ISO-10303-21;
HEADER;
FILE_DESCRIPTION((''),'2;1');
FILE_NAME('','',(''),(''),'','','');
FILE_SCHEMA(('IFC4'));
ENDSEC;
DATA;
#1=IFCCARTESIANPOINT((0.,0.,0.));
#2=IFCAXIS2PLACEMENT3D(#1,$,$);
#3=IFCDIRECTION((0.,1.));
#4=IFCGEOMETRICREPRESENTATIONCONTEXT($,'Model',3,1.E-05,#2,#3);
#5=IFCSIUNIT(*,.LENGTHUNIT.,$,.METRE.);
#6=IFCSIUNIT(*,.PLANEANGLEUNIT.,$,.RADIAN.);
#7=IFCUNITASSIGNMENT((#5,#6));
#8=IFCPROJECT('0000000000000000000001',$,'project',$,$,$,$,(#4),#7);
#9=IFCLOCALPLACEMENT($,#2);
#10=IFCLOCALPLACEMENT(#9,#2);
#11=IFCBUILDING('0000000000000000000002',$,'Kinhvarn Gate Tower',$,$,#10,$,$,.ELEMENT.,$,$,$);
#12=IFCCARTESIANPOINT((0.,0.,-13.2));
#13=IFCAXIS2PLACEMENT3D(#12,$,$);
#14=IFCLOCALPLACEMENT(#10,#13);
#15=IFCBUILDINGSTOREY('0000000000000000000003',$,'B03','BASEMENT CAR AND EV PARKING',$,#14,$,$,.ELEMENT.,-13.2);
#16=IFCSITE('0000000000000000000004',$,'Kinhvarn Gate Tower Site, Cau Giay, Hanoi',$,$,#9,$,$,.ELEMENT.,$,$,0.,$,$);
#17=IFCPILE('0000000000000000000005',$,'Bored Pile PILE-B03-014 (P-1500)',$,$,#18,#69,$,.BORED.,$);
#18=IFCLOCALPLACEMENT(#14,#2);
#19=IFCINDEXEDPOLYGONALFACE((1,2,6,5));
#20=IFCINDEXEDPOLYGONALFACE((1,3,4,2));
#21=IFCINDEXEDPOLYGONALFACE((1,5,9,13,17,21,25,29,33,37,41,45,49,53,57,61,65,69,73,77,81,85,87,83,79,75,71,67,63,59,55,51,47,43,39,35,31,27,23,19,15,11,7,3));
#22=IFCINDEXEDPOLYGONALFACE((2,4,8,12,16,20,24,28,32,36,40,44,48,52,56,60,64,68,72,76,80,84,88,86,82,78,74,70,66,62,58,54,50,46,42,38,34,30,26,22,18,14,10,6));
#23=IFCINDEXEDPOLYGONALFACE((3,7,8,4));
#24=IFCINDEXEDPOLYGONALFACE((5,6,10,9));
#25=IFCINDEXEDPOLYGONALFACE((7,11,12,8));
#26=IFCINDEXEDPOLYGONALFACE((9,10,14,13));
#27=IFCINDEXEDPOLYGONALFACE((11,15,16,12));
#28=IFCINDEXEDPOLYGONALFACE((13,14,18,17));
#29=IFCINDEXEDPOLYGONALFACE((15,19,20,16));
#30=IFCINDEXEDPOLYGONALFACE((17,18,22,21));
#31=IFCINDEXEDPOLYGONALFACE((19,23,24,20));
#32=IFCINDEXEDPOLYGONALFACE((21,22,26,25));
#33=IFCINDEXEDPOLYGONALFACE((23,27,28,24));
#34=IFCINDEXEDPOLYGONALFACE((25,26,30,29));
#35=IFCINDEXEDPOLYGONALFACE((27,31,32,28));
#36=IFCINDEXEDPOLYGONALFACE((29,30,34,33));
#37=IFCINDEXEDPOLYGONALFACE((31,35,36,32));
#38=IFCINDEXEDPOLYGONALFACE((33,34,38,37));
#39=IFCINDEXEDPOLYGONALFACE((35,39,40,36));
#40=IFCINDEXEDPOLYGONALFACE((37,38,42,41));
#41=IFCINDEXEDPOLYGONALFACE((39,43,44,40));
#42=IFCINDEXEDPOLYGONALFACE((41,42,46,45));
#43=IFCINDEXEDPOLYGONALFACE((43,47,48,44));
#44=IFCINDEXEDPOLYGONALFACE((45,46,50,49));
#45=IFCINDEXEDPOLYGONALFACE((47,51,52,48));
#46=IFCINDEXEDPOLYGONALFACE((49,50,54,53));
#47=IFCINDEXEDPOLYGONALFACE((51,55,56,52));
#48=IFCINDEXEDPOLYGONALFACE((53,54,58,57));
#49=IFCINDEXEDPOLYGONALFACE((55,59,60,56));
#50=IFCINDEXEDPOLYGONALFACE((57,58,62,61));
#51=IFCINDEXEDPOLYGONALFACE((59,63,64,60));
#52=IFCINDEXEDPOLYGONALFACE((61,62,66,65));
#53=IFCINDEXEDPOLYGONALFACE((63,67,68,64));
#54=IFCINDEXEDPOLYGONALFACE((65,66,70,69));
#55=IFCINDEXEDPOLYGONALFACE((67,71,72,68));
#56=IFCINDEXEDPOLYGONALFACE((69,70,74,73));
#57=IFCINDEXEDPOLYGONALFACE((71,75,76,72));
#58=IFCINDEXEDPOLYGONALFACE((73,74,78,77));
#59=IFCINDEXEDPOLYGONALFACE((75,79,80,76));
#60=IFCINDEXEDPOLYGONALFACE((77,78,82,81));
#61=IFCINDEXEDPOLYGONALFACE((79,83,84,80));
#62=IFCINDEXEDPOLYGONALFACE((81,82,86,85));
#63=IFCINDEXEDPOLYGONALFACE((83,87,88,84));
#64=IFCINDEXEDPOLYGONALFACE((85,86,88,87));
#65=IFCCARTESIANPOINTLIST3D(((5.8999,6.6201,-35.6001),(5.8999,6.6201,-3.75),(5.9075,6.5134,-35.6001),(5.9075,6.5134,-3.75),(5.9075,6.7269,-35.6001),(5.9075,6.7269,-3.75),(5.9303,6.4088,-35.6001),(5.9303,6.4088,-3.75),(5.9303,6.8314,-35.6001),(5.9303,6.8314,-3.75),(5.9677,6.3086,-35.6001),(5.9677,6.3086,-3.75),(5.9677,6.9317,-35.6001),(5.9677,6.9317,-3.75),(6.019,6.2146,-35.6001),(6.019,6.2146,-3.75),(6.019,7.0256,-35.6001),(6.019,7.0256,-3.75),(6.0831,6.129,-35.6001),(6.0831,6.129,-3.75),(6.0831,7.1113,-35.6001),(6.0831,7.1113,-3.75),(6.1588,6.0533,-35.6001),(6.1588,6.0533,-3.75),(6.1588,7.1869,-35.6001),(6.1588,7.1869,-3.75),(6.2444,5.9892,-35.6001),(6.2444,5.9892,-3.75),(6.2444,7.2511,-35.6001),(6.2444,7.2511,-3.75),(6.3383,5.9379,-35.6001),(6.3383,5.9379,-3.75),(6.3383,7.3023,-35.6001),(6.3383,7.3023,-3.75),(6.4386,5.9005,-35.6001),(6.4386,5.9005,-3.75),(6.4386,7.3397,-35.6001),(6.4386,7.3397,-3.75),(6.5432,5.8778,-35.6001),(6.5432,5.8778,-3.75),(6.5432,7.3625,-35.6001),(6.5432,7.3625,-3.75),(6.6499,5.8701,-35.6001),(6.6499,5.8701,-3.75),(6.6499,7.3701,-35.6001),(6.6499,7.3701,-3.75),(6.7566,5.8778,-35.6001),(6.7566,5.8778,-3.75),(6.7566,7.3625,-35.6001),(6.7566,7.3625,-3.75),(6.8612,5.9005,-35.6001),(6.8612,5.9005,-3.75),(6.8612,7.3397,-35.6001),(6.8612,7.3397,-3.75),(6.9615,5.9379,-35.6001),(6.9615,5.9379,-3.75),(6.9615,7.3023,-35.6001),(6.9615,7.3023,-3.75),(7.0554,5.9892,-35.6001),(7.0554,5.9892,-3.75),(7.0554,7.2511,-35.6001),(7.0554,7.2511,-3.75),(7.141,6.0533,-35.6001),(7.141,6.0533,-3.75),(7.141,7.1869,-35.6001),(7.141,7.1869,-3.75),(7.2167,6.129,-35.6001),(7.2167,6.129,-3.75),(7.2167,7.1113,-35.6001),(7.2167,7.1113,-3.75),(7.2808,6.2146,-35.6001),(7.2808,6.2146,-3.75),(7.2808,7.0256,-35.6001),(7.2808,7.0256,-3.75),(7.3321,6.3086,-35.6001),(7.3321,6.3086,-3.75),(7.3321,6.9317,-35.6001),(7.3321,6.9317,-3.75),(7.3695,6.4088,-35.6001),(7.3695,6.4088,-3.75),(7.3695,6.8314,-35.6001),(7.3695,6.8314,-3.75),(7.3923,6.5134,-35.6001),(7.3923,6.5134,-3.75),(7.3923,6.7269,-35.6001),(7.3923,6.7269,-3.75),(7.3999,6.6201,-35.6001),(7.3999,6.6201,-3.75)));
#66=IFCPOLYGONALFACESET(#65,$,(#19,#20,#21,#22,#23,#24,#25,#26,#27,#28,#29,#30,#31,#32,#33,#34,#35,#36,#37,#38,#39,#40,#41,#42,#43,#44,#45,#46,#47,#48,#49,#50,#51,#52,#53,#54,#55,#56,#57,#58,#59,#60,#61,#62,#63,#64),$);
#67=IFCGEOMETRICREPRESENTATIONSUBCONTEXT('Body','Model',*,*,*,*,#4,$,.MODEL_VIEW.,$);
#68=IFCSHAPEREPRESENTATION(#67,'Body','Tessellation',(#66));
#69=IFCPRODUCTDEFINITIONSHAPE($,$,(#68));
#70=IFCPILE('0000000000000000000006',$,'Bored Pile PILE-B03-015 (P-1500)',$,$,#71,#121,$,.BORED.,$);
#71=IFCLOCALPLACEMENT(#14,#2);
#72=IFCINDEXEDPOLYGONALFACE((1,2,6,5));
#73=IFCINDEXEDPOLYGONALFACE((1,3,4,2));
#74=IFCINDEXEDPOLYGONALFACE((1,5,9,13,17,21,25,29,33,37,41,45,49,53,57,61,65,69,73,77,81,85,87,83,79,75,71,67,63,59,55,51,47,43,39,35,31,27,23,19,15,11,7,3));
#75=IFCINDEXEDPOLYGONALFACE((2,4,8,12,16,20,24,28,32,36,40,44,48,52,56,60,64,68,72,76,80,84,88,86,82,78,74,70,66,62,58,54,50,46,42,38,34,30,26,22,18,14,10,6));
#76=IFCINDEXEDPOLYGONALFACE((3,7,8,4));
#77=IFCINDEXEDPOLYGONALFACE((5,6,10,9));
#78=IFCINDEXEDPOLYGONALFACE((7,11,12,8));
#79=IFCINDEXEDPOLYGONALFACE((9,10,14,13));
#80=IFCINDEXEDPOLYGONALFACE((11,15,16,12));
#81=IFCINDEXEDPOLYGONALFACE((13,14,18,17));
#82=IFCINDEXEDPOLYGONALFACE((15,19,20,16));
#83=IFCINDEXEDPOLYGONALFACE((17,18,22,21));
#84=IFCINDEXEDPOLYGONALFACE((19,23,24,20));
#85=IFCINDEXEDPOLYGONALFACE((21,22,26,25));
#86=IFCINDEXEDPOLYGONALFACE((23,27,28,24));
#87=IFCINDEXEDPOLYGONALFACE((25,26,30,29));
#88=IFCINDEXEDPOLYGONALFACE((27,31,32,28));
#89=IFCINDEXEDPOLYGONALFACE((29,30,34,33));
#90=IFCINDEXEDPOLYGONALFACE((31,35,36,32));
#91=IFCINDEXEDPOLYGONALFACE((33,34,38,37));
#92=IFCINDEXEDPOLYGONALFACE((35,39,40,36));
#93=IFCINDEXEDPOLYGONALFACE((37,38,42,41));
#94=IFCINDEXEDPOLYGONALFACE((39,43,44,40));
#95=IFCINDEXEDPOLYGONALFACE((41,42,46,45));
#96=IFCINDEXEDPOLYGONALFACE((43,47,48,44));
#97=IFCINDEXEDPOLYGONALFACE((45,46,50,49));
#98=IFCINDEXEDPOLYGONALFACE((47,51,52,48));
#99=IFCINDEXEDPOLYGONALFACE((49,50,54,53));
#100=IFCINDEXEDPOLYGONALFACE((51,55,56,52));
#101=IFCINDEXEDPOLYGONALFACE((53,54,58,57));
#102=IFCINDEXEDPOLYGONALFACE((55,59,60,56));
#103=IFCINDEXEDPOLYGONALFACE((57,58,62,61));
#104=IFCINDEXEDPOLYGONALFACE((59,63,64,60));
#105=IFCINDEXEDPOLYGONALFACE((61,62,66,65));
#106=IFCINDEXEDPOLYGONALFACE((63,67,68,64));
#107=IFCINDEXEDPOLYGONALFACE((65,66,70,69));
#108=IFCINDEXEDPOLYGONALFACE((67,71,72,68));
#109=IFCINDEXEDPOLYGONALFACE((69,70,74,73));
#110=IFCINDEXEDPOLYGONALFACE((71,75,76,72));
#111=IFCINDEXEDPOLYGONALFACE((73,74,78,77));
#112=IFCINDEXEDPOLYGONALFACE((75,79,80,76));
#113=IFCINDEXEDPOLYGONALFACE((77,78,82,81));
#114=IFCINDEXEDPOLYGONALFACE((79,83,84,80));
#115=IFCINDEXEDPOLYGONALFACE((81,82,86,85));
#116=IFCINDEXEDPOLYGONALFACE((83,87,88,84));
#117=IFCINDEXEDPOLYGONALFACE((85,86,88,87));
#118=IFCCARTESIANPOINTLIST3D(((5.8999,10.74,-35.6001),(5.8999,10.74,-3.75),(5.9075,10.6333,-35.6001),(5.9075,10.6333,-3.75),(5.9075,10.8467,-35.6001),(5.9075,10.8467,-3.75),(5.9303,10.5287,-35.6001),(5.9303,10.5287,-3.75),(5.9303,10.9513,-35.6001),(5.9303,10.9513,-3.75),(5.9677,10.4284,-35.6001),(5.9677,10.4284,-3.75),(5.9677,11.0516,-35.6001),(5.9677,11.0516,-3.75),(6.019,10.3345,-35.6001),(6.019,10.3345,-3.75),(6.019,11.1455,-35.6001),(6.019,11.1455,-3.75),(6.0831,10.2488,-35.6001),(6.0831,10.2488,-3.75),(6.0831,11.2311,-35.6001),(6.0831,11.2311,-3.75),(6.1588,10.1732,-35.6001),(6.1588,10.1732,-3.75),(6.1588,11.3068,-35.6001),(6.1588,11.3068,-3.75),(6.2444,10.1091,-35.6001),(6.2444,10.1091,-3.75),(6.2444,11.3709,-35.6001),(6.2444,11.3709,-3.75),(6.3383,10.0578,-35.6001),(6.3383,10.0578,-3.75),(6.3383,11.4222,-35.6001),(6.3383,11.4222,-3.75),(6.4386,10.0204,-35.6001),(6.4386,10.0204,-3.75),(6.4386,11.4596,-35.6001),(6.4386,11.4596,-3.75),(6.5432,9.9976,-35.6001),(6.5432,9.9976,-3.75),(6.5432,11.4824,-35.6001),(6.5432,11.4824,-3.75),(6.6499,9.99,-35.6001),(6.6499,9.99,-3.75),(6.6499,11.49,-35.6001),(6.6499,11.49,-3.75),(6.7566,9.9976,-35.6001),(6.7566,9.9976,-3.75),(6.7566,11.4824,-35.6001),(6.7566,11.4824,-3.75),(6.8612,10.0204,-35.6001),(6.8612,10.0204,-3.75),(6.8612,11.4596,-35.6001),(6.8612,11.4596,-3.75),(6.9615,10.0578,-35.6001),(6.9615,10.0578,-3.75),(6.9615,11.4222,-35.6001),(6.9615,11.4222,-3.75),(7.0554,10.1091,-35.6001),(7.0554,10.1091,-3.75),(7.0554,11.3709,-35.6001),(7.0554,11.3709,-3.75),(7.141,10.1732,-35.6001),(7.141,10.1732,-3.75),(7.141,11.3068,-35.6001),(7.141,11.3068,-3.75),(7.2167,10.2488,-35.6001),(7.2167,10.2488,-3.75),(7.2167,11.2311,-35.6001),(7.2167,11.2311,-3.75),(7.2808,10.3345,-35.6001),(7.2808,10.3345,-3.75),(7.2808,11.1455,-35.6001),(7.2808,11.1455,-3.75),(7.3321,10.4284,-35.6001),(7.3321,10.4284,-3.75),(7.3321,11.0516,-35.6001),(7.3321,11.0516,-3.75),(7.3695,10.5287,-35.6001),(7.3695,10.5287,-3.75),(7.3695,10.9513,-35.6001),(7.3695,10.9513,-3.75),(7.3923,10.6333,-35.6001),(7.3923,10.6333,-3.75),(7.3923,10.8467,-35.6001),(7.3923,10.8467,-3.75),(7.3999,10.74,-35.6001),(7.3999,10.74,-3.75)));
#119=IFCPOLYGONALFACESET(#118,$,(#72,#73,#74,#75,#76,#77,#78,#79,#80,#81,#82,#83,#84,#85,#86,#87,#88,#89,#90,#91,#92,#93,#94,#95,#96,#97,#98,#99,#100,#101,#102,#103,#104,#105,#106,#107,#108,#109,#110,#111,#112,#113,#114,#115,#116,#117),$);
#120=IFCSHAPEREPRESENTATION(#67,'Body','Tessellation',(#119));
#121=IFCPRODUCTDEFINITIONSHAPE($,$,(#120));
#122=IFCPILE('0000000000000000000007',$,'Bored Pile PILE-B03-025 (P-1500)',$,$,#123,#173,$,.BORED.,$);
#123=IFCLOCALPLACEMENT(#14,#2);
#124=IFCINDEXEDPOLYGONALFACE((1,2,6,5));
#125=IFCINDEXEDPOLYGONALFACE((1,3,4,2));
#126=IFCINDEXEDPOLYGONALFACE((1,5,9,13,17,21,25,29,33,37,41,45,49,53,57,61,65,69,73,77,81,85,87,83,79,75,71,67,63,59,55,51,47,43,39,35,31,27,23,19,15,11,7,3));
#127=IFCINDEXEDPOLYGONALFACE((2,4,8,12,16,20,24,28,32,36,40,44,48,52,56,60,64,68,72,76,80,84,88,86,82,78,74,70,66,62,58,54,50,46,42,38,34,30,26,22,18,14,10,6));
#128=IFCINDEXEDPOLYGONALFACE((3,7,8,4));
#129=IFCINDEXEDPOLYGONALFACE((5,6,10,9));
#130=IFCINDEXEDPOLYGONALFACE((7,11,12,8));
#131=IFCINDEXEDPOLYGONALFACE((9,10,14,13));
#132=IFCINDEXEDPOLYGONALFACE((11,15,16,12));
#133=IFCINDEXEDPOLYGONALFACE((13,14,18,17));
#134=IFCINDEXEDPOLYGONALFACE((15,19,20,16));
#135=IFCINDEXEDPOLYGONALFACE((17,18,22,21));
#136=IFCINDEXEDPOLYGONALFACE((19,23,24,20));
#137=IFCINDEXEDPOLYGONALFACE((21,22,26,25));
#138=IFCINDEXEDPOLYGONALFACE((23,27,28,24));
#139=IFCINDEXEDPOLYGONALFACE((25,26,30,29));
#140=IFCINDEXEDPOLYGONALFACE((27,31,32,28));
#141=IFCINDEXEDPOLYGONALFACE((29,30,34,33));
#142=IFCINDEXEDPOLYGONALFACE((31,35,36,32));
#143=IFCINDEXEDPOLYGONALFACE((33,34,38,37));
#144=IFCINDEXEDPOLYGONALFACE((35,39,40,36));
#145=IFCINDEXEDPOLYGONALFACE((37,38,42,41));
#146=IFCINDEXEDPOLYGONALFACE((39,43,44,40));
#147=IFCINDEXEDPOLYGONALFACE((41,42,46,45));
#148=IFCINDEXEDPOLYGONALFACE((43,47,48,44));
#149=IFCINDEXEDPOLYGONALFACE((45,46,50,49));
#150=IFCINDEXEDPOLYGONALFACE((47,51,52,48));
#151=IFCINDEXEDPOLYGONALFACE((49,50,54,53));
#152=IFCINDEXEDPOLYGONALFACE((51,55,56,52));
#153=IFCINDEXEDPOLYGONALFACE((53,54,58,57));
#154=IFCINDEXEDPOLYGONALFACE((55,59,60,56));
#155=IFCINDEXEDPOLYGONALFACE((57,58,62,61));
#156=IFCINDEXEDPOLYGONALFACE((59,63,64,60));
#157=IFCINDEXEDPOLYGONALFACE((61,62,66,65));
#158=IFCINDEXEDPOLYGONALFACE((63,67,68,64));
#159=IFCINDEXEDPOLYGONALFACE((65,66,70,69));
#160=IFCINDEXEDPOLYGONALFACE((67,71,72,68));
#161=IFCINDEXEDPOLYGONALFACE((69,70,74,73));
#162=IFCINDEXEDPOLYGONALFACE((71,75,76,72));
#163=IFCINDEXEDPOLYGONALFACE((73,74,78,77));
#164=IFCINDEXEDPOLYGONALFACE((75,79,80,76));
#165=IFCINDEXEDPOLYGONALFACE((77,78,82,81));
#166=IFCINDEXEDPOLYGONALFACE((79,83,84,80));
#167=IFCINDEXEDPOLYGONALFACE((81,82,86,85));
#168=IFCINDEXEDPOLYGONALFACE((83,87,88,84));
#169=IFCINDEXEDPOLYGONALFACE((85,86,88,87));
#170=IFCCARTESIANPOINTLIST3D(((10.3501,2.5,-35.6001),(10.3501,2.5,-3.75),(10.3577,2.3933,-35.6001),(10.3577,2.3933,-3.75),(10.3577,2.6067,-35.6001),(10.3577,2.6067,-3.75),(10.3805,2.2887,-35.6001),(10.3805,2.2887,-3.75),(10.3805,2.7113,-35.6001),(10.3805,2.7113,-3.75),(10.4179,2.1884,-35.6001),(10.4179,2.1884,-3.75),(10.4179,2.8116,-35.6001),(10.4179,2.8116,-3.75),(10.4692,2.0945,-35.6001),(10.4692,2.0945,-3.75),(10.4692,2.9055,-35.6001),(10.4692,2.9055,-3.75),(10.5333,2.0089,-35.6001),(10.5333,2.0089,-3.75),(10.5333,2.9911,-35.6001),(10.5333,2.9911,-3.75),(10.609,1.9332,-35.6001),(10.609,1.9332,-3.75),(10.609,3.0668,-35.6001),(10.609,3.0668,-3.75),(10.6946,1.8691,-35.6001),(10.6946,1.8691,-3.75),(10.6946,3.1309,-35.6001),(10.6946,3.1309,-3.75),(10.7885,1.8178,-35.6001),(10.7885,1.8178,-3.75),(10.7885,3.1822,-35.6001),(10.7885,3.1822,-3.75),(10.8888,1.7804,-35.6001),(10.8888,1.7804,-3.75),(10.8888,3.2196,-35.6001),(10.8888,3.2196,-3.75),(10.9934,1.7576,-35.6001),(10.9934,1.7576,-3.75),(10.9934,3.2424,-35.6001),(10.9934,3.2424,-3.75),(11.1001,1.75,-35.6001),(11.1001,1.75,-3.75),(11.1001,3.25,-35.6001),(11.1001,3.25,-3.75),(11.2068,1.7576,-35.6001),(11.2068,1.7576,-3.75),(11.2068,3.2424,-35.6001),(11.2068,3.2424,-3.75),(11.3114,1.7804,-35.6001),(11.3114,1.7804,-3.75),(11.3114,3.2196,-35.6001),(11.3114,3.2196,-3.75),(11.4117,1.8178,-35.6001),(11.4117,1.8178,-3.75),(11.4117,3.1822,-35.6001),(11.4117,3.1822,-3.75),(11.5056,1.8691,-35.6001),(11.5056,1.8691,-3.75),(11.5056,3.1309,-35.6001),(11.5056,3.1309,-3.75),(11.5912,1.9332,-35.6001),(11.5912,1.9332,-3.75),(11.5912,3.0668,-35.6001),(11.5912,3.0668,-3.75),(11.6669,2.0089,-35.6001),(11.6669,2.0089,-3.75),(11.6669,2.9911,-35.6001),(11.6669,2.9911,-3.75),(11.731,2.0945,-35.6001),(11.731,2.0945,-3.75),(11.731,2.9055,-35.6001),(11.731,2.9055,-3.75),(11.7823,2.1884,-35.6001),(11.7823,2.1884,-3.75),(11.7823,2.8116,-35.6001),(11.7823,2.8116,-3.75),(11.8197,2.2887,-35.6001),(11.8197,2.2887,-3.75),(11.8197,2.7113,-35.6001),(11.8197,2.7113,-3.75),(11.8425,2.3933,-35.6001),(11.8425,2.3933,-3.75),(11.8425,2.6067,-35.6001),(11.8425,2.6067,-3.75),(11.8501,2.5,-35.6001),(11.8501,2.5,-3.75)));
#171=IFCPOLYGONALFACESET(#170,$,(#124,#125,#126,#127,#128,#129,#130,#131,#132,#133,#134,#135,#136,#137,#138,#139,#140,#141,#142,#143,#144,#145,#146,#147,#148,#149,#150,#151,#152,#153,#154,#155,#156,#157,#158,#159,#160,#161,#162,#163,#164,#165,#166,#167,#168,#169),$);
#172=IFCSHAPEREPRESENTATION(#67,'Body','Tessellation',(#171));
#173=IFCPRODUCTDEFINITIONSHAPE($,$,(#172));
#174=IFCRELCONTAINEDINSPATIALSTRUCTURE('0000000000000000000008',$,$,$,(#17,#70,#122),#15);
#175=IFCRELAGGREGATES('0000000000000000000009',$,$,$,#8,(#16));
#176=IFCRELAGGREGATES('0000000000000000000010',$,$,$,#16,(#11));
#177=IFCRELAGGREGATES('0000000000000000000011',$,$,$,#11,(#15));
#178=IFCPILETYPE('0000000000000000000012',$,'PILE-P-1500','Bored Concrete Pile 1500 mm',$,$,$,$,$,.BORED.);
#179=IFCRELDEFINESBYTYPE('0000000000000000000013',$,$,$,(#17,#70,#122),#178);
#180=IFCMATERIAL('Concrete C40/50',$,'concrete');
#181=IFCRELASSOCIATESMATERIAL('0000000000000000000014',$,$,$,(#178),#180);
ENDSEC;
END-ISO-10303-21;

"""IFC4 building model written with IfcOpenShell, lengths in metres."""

from ifc_helpers import new_model, si_unit, direction, frame, origin, origin_2d, place, context, subcontext, project, spatial, circle, extrude, material, material_profile, profile_set, type_object, element, save


model = new_model("IFC4")

# Units and contexts
model_context = context("Model", 3, precision=1e-05, world=origin(), true_north=direction((0.0, 1.0)))
body_context = subcontext(model_context, "Body", "Model", "MODEL_VIEW")
ifc_project = project(units=[si_unit("LENGTHUNIT", "METRE"), si_unit("PLANEANGLEUNIT", "RADIAN")], contexts=[model_context])

# Site, building, storey
site_placement = place(None, origin())
site = spatial("IfcSite", under=ifc_project, at=site_placement, Name="Kinhvarn Gate Tower Site, Cau Giay, Hanoi", CompositionType="ELEMENT", RefElevation=0.0)
building_placement = place(site_placement, origin())
building = spatial("IfcBuilding", under=site, at=building_placement, Name="Kinhvarn Gate Tower", CompositionType="ELEMENT")
storey_placement = place(building_placement, frame((0.0, 0.0, -13.2)))
storey = spatial("IfcBuildingStorey", under=building, at=storey_placement, Name="B03", Description="BASEMENT CAR AND EV PARKING", CompositionType="ELEMENT", Elevation=-13.2)

# Piles
ifc_material = material(Name="Concrete C40/50", Category="concrete")
ifc_material_profile_1 = material_profile(ifc_material, circle(Radius=0.75, at=origin_2d()), Name="PILE D1500")
ifc_profile_set_1 = profile_set([ifc_material_profile_1], Name="Concrete C40/50")
pile_type_1 = type_object("IfcPileType", Name="PILE-P-1500", Description="Bored Concrete Pile 1500 mm", PredefinedType="BORED", material=ifc_profile_set_1)
for number, where, z_axis, x_axis, name in (
    (1, (6.6499, 6.6201, -35.6001), (0.0, 0.0, 1.0), (1.0, 0.0, 0.0), "Bored Pile PILE-B03-014 (P-1500)"),
    (2, (6.6499, 10.74, -35.6001), (0.0, 0.0, 1.0), (1.0, 0.0, 0.0), "Bored Pile PILE-B03-015 (P-1500)"),
    (3, (11.1001, 2.5, -35.6001), (0.0, 0.0, 1.0), (1.0, 0.0, 0.0), "Bored Pile PILE-B03-025 (P-1500)"),
):
    element("IfcPile", number, at=place(storey_placement, frame(where, z_axis=z_axis, x_axis=x_axis)), inside=storey, type_object=pile_type_1, Name=name, PredefinedType="BORED", context=body_context, shape_type="SweptSolid", body=[
        extrude(circle(Radius=0.75, at=origin_2d()), origin(), (0.0, 0.0, 1.0), 31.8501),
    ])

save(model, "model.ifc")
